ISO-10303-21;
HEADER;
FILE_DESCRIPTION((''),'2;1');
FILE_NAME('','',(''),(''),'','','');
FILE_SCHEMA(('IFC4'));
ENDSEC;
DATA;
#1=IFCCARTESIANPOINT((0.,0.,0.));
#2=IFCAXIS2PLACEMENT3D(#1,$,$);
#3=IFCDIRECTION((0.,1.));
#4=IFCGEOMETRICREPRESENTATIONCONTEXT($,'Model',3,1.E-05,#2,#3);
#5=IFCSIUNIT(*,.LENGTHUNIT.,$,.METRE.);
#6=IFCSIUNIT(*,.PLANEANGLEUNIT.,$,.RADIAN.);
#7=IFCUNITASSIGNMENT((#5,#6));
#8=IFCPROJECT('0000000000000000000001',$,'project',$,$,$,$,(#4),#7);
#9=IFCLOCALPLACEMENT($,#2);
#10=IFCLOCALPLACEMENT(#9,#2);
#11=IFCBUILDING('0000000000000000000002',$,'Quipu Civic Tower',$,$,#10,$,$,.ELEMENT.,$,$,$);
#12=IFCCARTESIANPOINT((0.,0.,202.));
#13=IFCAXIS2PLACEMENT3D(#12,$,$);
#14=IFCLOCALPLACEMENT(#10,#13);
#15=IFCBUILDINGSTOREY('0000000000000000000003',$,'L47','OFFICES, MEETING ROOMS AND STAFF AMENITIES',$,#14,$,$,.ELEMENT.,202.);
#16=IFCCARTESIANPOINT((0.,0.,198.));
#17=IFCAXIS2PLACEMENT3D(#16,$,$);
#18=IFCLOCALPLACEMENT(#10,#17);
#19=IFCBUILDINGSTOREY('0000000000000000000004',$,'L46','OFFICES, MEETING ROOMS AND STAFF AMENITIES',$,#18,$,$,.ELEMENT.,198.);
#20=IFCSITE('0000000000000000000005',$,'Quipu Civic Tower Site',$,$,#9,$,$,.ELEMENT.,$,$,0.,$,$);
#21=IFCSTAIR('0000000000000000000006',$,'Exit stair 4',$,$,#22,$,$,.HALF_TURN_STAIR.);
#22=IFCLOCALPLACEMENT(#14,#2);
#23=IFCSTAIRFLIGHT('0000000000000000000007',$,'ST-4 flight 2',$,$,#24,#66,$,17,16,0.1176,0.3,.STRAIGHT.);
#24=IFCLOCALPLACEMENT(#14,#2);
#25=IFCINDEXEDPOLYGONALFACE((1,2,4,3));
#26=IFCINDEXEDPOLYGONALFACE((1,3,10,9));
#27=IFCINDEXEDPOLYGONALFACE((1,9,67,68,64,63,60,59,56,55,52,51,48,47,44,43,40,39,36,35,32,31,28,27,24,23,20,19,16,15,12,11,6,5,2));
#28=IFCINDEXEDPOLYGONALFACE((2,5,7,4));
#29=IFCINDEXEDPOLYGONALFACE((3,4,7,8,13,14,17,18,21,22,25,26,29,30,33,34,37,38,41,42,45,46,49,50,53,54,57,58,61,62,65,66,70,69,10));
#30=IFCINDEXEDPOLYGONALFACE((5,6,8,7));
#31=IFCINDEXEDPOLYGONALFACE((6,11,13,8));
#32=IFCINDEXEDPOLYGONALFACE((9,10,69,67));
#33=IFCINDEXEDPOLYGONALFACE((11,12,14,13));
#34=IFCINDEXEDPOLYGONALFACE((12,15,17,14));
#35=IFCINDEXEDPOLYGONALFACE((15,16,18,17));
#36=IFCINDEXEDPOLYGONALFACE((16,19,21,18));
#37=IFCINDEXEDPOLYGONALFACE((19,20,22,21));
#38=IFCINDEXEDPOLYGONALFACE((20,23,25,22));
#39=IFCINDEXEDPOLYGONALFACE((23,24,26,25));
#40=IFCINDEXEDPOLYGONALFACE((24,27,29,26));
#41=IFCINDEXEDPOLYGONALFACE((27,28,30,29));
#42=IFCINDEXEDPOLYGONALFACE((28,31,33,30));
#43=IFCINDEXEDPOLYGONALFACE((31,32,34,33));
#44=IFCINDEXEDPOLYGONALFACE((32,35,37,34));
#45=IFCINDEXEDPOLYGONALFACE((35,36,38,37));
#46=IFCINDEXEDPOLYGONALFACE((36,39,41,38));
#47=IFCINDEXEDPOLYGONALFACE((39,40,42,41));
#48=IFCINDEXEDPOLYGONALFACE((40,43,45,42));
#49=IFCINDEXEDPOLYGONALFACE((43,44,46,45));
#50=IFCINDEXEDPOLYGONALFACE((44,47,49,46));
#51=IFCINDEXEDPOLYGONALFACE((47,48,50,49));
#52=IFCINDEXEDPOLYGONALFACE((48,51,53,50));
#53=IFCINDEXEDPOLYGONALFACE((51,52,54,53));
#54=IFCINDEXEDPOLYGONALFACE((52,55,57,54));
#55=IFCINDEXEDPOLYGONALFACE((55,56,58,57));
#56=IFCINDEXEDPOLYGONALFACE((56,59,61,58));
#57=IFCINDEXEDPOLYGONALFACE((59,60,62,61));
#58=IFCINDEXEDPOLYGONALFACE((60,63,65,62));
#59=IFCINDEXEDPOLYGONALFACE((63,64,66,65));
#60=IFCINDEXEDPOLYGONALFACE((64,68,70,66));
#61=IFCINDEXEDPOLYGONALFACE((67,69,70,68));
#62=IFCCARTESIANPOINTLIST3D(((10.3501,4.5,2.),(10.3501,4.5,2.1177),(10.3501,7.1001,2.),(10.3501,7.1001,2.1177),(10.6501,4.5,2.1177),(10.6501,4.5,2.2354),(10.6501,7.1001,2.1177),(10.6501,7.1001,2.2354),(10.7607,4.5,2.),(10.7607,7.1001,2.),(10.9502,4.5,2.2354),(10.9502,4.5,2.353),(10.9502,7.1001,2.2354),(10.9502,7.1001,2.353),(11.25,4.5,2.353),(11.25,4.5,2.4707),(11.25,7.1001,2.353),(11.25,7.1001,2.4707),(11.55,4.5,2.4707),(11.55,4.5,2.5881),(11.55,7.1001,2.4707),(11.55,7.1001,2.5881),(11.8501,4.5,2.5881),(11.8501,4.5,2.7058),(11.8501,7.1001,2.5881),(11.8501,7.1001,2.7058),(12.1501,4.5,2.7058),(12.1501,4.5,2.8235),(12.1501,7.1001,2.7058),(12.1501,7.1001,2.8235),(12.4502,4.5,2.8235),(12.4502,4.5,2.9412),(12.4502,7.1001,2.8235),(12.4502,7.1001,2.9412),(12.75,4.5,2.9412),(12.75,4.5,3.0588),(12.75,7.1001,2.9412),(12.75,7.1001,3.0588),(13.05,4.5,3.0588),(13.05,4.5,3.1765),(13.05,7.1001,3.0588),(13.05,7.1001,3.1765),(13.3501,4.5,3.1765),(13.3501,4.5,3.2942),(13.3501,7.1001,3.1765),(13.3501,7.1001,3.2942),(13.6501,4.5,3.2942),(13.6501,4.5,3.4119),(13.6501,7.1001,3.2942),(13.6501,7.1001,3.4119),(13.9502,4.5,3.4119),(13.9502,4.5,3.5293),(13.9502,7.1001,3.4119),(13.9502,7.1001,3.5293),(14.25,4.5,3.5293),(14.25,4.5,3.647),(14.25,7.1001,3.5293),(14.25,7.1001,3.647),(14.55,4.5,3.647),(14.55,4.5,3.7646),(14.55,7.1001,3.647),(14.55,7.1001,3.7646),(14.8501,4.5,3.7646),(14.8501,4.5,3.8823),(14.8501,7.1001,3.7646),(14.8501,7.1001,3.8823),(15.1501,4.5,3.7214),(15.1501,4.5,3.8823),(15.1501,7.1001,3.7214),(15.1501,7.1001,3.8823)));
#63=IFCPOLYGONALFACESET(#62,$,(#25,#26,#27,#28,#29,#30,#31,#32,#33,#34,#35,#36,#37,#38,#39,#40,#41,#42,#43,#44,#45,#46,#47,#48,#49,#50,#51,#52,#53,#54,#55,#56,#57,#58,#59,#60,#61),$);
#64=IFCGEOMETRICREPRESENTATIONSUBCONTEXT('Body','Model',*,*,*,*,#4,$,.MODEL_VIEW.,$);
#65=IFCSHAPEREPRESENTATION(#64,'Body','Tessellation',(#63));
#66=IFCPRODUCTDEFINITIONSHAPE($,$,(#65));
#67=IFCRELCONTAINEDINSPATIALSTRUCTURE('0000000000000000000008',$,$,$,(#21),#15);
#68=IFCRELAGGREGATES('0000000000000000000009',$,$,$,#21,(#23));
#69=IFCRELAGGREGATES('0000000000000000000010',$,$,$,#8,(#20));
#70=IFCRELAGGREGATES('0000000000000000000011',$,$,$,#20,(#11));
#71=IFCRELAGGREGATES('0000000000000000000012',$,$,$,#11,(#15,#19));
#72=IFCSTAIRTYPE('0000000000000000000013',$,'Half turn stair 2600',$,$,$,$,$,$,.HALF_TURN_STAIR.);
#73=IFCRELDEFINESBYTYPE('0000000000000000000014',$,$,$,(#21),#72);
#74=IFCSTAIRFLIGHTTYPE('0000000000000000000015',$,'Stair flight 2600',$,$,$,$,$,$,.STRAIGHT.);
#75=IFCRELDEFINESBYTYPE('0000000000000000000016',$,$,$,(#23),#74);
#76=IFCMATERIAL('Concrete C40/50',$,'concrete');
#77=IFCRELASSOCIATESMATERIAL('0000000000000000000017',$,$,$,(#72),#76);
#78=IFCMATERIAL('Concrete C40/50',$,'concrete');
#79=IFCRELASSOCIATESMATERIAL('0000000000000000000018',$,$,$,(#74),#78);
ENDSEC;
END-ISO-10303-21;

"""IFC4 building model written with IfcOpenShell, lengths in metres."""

from ifc_helpers import new_model, si_unit, direction, frame, origin, place, context, subcontext, project, spatial, polyline, outline, extrude, material, type_object, element, aggregate, save


model = new_model("IFC4")

# Units and contexts
model_context = context("Model", 3, precision=1e-05, world=origin(), true_north=direction((0.0, 1.0)))
body_context = subcontext(model_context, "Body", "Model", "MODEL_VIEW")
ifc_project = project(units=[si_unit("LENGTHUNIT", "METRE"), si_unit("PLANEANGLEUNIT", "RADIAN")], contexts=[model_context])

# Site, building, storey
site_placement = place(None, origin())
site = spatial("IfcSite", under=ifc_project, at=site_placement, Name="Quipu Civic Tower Site", CompositionType="ELEMENT", RefElevation=0.0)
building_placement = place(site_placement, origin())
building = spatial("IfcBuilding", under=site, at=building_placement, Name="Quipu Civic Tower", CompositionType="ELEMENT")
storey_1_placement = place(building_placement, frame((0.0, 0.0, 202.0)))
storey_1 = spatial("IfcBuildingStorey", under=building, at=storey_1_placement, Name="L47", Description="OFFICES, MEETING ROOMS AND STAFF AMENITIES", CompositionType="ELEMENT", Elevation=202.0)

# Shared definitions
storey_2_placement = place(building_placement, frame((0.0, 0.0, 198.0)))
storey_2 = spatial("IfcBuildingStorey", under=building, at=storey_2_placement, Name="L46", Description="OFFICES, MEETING ROOMS AND STAFF AMENITIES", CompositionType="ELEMENT", Elevation=198.0)

# Stair, stair flight
ifc_material_1 = material(Name="Concrete C40/50", Category="concrete")
stair_type = type_object("IfcStairType", Name="Half turn stair 2600", PredefinedType="HALF_TURN_STAIR", material=ifc_material_1)
stair_placement = place(storey_1_placement, origin())
stair = element("IfcStair", 1, at=stair_placement, inside=storey_1, type_object=stair_type, Name="Exit stair 4", PredefinedType="HALF_TURN_STAIR")
ifc_material_2 = material(Name="Concrete C40/50", Category="concrete")
stair_flight_type = type_object("IfcStairFlightType", Name="Stair flight 2600", PredefinedType="STRAIGHT", material=ifc_material_2)
stair_flight_1_placement = place(storey_1_placement, frame((10.3501, 5.8, 2.0), z_axis=(0.0, 0.0, 1.0), x_axis=(1.0, 0.0, 0.0)))
stair_flight_1 = element("IfcStairFlight", 2, at=stair_flight_1_placement, type_object=stair_flight_type, Name="ST-4 flight 2", NumberOfRisers=17, NumberOfTreads=16, PredefinedType="STRAIGHT", RiserHeight=0.1176, TreadLength=0.3, context=body_context, shape_type="SweptSolid", body=[
    extrude(outline(polyline([(0.0, 0.0), (0.0, 0.1177), (0.3, 0.1177), (0.3, 0.2354), (0.6001, 0.2354), (0.6001, 0.353), (0.8999, 0.353), (0.8999, 0.4707), (1.2, 0.4707), (1.2, 0.5881), (1.5, 0.5881), (1.5, 0.7058), (1.8, 0.7058), (1.8, 0.8235), (2.1001, 0.8235), (2.1001, 0.9412), (2.3999, 0.9412), (2.3999, 1.0588), (2.7, 1.0588), (2.7, 1.1765), (3.0, 1.1765), (3.0, 1.2942), (3.3, 1.2942), (3.3, 1.4119), (3.6001, 1.4119), (3.6001, 1.5293), (3.8999, 1.5293), (3.8999, 1.647), (4.2, 1.647), (4.2, 1.7646), (4.5, 1.7646), (4.5, 1.8823), (4.8, 1.8823), (4.8, 2.0), (4.8, 1.7214), (0.4106, 0.0), (0.0, 0.0)])), frame((0.0, 1.3, 0.0), z_axis=(0.0, -1.0, 0.0), x_axis=(1.0, 0.0, 0.0)), (0.0, 0.0, 1.0), 2.6001),
])
aggregate(stair, [stair_flight_1])

save(model, "model.ifc")
